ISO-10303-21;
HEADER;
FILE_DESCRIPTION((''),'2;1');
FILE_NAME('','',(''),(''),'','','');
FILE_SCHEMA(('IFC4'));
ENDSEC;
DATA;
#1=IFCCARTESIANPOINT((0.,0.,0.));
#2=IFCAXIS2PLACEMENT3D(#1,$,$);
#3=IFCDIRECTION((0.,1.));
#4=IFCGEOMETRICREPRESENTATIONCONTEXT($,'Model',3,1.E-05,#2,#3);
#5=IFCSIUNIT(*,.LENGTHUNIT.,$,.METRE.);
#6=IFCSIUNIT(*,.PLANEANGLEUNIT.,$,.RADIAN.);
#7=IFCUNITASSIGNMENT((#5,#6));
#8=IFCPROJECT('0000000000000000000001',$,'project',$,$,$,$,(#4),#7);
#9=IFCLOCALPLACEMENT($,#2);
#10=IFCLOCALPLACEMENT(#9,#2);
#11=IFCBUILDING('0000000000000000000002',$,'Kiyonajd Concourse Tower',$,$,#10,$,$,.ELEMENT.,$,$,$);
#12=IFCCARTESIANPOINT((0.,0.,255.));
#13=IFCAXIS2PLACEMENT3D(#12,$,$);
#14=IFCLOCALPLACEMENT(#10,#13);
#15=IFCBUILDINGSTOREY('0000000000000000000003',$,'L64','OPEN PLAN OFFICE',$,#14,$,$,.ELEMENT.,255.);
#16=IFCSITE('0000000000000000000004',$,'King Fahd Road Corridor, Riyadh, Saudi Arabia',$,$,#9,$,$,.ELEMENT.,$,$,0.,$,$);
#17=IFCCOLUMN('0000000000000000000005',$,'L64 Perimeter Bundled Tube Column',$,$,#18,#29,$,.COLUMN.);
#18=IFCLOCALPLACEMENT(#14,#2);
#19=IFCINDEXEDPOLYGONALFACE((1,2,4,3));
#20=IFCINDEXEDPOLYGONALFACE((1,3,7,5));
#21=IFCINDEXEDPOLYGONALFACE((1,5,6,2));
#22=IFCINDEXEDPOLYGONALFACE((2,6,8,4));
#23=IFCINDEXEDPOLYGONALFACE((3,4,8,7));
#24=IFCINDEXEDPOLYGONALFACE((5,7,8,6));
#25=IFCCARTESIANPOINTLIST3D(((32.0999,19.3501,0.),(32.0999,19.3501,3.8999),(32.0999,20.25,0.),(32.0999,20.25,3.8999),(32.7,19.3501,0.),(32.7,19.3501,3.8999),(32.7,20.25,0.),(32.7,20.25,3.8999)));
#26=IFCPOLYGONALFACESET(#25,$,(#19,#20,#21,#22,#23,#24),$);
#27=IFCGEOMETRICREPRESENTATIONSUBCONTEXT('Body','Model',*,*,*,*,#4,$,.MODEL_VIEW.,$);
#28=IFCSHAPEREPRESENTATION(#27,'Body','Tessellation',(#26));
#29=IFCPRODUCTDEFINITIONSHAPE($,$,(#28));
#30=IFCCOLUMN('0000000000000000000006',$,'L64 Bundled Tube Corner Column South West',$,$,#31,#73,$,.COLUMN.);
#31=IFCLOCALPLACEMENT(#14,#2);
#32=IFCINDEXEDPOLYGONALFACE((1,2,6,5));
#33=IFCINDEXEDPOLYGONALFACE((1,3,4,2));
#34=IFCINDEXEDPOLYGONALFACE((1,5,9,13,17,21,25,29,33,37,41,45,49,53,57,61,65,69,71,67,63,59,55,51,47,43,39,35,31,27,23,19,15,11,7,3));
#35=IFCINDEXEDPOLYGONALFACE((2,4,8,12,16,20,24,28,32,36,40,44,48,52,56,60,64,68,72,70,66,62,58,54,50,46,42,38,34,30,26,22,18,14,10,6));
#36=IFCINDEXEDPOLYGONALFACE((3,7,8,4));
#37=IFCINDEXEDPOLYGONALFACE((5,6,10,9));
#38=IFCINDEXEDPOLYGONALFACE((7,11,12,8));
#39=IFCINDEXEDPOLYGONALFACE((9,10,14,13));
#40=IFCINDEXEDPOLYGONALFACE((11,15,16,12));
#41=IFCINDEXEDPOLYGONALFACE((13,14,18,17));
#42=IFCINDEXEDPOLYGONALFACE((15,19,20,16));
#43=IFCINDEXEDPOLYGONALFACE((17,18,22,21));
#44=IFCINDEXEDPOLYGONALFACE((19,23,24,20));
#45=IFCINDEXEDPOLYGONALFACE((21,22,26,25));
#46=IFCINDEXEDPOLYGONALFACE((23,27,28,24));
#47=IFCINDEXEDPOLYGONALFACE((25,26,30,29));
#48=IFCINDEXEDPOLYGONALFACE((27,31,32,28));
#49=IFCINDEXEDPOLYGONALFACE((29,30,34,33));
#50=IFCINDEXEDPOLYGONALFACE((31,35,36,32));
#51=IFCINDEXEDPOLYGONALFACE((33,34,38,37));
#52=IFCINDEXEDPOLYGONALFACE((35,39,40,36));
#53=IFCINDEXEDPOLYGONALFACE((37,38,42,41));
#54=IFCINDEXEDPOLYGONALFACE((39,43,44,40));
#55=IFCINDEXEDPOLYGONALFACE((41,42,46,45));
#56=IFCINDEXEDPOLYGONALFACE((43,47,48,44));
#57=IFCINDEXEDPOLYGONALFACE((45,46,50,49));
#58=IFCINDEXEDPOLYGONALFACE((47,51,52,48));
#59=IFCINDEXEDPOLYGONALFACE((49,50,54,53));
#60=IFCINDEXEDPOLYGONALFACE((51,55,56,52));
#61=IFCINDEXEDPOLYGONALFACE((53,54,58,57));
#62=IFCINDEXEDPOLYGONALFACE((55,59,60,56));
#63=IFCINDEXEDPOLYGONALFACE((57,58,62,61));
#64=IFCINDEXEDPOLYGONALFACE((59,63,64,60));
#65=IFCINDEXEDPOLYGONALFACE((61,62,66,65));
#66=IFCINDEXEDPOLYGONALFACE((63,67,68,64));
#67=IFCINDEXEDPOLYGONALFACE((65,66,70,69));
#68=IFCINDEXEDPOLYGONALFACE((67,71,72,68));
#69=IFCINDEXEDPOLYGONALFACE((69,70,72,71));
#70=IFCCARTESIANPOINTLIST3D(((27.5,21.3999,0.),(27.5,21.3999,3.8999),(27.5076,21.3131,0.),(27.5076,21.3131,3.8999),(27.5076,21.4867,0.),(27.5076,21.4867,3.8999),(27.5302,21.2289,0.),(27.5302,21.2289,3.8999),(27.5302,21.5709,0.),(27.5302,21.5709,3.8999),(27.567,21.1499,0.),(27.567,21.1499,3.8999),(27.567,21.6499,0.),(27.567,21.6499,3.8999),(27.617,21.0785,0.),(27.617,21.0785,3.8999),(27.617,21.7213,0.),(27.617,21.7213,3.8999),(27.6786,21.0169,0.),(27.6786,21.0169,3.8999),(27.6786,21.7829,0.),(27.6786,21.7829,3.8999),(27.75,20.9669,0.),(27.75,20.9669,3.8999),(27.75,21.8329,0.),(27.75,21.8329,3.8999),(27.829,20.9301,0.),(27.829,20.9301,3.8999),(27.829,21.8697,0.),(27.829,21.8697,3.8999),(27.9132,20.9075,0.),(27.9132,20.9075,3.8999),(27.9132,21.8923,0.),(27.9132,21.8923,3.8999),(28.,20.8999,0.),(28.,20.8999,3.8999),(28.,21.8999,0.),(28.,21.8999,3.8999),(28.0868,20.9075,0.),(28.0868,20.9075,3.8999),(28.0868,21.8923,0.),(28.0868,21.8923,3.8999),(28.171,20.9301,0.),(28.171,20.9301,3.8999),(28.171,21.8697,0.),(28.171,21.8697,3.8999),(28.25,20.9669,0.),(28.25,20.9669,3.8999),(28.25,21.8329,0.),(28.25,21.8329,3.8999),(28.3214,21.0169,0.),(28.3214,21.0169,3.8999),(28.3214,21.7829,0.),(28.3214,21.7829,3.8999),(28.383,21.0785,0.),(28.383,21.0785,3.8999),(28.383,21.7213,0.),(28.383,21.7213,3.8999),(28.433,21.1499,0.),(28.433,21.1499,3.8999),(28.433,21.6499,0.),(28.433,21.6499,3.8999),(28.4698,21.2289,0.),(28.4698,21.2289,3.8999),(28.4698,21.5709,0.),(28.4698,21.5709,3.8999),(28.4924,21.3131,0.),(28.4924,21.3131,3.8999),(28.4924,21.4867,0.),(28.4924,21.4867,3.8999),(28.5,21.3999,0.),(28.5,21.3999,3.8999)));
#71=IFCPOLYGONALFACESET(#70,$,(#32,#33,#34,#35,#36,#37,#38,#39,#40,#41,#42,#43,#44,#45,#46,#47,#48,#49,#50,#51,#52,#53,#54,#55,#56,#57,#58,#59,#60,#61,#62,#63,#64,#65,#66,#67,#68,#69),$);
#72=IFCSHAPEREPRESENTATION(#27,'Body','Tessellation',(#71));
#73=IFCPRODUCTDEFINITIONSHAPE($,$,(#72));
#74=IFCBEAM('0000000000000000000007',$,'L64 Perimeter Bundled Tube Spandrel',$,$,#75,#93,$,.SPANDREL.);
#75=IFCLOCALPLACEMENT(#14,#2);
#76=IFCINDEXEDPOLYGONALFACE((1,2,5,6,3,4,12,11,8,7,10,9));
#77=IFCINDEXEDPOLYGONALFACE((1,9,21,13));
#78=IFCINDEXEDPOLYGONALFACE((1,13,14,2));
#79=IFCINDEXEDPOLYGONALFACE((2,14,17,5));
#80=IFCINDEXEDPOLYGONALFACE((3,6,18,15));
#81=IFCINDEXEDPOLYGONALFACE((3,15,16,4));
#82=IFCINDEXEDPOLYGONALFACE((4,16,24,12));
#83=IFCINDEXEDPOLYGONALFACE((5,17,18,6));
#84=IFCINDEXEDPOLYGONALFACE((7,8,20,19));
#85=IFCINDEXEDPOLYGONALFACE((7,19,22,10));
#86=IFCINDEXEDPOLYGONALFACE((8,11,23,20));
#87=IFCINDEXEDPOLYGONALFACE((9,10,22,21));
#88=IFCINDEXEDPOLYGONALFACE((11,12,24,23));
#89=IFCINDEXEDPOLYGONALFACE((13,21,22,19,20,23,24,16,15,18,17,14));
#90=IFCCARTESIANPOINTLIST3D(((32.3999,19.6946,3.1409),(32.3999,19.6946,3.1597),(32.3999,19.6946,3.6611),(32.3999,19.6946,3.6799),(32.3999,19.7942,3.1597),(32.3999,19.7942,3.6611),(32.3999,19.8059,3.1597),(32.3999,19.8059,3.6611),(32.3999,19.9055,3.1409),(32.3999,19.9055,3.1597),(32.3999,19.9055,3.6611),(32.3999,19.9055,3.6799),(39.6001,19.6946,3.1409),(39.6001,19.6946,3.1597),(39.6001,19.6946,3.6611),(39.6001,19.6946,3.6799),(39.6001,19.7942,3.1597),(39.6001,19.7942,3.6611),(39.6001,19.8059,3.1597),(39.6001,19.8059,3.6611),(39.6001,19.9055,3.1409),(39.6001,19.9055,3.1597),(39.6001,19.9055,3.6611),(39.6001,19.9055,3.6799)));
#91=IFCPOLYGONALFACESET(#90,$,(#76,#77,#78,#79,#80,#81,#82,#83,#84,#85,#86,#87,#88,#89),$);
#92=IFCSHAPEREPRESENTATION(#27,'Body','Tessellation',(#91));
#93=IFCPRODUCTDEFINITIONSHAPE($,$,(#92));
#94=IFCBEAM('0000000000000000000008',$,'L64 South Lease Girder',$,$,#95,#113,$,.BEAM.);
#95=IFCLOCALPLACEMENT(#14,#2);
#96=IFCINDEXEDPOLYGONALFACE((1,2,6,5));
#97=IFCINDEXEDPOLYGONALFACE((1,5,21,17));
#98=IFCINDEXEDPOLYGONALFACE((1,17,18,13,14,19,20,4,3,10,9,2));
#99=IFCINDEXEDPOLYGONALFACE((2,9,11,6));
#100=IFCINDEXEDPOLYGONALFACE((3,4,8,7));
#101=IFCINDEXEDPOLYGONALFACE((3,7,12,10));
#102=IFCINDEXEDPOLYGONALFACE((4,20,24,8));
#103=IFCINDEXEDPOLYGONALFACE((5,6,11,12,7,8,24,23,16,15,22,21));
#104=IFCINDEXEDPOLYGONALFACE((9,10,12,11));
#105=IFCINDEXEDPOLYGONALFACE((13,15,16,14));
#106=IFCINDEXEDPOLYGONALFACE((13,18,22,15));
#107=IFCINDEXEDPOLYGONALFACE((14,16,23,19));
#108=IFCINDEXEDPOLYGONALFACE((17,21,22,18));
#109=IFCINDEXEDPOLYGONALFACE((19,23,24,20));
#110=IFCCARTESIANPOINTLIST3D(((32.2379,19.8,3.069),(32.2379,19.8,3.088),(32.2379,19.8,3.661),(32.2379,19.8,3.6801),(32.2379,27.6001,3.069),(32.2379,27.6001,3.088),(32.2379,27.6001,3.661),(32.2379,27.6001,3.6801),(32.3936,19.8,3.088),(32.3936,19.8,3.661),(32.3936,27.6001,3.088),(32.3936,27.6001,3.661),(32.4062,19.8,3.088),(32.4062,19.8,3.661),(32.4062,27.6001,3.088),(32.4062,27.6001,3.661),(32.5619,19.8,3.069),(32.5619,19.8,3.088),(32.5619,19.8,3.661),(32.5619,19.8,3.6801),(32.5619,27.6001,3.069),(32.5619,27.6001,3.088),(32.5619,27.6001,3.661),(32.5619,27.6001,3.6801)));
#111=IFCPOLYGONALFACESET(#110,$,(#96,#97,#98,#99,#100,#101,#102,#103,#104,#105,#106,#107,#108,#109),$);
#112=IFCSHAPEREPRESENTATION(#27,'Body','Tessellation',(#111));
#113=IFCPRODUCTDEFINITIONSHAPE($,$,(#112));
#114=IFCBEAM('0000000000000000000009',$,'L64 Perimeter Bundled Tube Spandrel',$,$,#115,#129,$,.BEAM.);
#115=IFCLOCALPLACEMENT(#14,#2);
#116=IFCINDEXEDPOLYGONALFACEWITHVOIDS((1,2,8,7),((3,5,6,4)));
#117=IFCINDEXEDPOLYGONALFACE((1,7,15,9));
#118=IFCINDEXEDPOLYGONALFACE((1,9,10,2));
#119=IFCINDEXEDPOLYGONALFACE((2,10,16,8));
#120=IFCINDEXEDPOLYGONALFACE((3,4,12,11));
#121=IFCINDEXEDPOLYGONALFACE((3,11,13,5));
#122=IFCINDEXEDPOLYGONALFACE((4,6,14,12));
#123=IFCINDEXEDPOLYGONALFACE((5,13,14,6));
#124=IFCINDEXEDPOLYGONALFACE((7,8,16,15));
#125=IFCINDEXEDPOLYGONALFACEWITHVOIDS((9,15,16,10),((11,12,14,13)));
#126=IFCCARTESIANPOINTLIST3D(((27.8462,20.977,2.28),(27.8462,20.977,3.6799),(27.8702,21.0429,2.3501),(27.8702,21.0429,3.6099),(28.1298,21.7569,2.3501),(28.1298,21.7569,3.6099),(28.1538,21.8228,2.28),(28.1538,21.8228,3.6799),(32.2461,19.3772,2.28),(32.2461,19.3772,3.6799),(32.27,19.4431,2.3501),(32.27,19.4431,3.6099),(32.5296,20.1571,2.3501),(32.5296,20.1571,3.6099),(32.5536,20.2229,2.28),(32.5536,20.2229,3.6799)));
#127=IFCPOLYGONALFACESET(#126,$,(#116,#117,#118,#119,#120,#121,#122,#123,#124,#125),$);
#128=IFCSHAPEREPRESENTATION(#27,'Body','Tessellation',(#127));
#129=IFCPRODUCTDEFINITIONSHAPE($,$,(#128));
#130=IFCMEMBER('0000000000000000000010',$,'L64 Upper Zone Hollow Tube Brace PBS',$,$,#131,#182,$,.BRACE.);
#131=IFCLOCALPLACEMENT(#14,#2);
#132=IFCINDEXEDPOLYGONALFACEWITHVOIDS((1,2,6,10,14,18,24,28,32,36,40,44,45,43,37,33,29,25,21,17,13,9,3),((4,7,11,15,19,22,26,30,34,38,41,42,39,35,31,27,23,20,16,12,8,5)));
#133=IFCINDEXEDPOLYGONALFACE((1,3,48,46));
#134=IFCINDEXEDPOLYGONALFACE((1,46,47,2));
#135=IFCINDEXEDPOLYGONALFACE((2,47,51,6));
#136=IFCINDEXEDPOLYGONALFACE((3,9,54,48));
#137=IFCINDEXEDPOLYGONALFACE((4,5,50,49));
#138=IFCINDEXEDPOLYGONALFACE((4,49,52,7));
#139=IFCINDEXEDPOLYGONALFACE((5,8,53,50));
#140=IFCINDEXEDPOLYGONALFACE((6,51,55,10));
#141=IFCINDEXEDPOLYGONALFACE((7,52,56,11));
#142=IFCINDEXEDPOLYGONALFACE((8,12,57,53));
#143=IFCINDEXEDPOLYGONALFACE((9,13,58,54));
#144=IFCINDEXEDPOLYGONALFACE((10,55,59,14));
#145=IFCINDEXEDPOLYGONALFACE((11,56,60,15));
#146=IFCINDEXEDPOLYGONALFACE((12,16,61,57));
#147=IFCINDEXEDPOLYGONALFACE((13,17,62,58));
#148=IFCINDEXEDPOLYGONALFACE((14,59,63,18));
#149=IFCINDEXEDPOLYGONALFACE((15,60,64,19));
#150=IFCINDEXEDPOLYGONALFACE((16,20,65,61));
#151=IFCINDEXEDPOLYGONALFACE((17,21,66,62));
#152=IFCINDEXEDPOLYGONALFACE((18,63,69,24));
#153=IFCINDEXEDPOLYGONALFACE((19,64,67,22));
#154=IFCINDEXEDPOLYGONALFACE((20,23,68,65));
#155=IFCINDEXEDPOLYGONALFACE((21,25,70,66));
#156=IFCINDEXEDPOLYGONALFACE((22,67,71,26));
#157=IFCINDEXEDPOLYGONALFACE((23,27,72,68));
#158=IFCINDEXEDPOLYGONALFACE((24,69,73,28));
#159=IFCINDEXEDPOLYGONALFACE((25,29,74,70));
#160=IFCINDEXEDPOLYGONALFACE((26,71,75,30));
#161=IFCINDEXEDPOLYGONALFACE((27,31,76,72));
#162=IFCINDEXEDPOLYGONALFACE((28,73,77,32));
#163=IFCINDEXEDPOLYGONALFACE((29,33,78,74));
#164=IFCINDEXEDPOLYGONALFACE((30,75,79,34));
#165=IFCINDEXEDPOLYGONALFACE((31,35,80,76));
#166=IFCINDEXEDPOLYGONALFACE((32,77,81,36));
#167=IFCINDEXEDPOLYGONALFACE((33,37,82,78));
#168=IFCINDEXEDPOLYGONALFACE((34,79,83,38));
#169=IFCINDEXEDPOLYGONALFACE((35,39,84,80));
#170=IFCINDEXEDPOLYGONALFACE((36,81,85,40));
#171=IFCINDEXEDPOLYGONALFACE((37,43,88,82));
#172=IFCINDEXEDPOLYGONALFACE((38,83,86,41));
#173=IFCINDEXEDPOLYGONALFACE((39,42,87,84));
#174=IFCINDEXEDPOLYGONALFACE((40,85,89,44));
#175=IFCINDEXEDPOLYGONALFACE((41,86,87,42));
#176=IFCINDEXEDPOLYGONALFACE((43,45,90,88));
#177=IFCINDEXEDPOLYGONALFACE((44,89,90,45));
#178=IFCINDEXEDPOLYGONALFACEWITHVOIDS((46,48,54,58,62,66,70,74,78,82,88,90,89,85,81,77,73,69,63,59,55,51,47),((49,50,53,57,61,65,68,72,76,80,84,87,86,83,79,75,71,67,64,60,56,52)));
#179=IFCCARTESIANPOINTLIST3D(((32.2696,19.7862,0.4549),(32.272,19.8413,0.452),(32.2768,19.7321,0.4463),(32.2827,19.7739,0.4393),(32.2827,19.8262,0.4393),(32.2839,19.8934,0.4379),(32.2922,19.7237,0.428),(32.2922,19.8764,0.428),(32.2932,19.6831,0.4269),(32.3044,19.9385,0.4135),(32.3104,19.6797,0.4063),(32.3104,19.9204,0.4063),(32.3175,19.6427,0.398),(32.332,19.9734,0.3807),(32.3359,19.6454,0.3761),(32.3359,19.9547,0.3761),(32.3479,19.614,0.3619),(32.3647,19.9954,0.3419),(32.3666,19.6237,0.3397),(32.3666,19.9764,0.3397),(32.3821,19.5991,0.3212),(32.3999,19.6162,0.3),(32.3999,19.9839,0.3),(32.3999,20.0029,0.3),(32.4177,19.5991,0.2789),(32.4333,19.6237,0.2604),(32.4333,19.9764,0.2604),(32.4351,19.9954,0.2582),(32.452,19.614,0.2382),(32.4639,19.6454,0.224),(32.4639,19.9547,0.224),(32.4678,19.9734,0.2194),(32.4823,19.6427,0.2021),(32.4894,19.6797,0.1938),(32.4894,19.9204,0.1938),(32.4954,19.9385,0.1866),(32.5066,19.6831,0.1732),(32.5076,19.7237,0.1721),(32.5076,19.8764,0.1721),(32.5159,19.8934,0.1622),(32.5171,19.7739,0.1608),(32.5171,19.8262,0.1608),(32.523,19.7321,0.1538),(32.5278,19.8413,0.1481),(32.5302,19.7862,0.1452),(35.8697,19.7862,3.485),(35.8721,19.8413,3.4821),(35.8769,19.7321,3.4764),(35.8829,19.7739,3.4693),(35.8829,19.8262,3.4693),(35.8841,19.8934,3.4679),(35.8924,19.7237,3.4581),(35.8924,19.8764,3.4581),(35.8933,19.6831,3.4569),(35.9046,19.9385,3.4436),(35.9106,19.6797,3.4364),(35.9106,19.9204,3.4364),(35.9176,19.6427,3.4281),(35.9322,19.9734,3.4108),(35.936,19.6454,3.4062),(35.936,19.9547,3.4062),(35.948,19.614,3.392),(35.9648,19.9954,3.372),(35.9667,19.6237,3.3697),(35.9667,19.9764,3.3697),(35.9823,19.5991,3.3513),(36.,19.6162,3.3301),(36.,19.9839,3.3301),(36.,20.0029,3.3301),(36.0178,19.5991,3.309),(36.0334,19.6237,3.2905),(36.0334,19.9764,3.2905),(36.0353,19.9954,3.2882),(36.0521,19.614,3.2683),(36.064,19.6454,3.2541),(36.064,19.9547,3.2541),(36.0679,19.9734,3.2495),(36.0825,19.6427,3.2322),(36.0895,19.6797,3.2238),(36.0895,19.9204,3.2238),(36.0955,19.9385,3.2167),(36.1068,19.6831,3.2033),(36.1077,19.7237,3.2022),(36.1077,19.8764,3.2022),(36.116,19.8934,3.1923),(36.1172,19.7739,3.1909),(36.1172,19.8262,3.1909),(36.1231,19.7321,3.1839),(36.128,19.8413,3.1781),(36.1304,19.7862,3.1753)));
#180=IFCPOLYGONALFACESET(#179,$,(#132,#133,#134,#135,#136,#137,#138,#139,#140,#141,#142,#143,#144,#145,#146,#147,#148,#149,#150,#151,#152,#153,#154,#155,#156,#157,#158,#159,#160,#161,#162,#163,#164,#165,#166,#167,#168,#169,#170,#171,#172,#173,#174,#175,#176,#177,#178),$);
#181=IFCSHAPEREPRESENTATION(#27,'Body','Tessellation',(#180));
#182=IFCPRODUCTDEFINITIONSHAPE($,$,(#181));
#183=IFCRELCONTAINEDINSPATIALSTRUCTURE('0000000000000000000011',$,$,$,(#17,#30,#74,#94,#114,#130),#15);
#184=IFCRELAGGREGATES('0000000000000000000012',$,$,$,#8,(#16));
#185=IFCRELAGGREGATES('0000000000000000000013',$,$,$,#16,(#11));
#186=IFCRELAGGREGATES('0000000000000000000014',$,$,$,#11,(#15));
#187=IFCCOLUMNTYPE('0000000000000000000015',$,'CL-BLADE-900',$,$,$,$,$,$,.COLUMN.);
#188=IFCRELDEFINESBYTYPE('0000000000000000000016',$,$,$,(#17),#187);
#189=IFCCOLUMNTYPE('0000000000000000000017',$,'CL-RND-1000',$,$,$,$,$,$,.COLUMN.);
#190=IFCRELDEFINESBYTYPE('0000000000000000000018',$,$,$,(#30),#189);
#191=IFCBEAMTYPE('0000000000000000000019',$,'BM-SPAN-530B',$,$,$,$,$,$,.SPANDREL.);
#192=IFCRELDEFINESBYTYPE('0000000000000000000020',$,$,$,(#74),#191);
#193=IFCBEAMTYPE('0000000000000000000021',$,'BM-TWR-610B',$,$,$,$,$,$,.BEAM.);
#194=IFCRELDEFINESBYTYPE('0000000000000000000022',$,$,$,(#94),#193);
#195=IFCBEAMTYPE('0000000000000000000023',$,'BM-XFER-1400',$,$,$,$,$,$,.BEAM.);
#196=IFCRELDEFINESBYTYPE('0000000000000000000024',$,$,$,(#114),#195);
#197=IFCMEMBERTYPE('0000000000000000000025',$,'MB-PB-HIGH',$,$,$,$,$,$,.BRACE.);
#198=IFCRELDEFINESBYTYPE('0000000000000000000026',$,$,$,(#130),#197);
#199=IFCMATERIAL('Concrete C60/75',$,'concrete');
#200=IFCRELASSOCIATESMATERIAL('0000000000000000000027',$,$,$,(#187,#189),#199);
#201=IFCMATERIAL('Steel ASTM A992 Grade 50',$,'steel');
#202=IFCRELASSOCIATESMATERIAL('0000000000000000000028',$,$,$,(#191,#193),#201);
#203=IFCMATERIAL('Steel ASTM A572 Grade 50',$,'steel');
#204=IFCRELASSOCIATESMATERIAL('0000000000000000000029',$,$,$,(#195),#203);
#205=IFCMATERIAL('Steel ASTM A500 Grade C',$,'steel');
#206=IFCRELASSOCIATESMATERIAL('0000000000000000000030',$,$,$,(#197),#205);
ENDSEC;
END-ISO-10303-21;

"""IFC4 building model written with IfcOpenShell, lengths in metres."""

from ifc_helpers import new_model, si_unit, direction, frame, origin, origin_2d, place, context, subcontext, project, spatial, rectangle, hollow_rectangle, circle, hollow_circle, i_section, extrude, material, material_profile, profile_set, type_object, element, save


model = new_model("IFC4")

# Units and contexts
model_context = context("Model", 3, precision=1e-05, world=origin(), true_north=direction((0.0, 1.0)))
body_context = subcontext(model_context, "Body", "Model", "MODEL_VIEW")
ifc_project = project(units=[si_unit("LENGTHUNIT", "METRE"), si_unit("PLANEANGLEUNIT", "RADIAN")], contexts=[model_context])

# Site, building, storey
site_placement = place(None, origin())
site = spatial("IfcSite", under=ifc_project, at=site_placement, Name="King Fahd Road Corridor, Riyadh, Saudi Arabia", CompositionType="ELEMENT", RefElevation=0.0)
building_placement = place(site_placement, origin())
building = spatial("IfcBuilding", under=site, at=building_placement, Name="Kiyonajd Concourse Tower", CompositionType="ELEMENT")
storey_placement = place(building_placement, frame((0.0, 0.0, 255.0)))
storey = spatial("IfcBuildingStorey", under=building, at=storey_placement, Name="L64", Description="OPEN PLAN OFFICE", CompositionType="ELEMENT", Elevation=255.0)

# Columns
ifc_material_1 = material(Name="Concrete C60/75", Category="concrete")
ifc_material_profile_1 = material_profile(ifc_material_1, rectangle(XDim=0.6001, YDim=0.8999, at=origin_2d()), Name="RC-900x600")
ifc_profile_set_1 = profile_set([ifc_material_profile_1], Name="Concrete C60/75")
column_type_1 = type_object("IfcColumnType", Name="CL-BLADE-900", PredefinedType="COLUMN", material=ifc_profile_set_1)
column_1_placement = place(storey_placement, frame((32.3999, 19.8, 0.0), z_axis=(0.0, 0.0, 1.0), x_axis=(1.0, 0.0, 0.0)))
element("IfcColumn", 1, at=column_1_placement, inside=storey, type_object=column_type_1, Name="L64 Perimeter Bundled Tube Column", PredefinedType="COLUMN", context=body_context, shape_type="SweptSolid", body=[
    extrude(rectangle(XDim=0.6001, YDim=0.8999, at=origin_2d()), origin(), (0.0, 0.0, 1.0), 3.8999),
])
ifc_material_profile_2 = material_profile(ifc_material_1, circle(Radius=0.5, at=origin_2d()), Name="RCC-D1000")
ifc_profile_set_2 = profile_set([ifc_material_profile_2], Name="Concrete C60/75")
column_type_2 = type_object("IfcColumnType", Name="CL-RND-1000", PredefinedType="COLUMN", material=ifc_profile_set_2)
column_2_placement = place(storey_placement, frame((28.0, 21.3999, 0.0), z_axis=(0.0, 0.0, 1.0), x_axis=(1.0, 0.0, 0.0)))
element("IfcColumn", 2, at=column_2_placement, inside=storey, type_object=column_type_2, Name="L64 Bundled Tube Corner Column South West", PredefinedType="COLUMN", context=body_context, shape_type="SweptSolid", body=[
    extrude(circle(Radius=0.5, at=origin_2d()), origin(), (0.0, 0.0, 1.0), 3.8999),
])

# Beams
ifc_material_2 = material(Name="Steel ASTM A992 Grade 50", Category="steel")
ifc_material_profile_3 = material_profile(ifc_material_2, i_section(OverallWidth=0.2109, OverallDepth=0.5391, WebThickness=0.0117, FlangeThickness=0.0188, at=origin_2d()), Name="W530X109")
ifc_profile_set_3 = profile_set([ifc_material_profile_3], Name="Steel ASTM A992 Grade 50")
beam_type_1 = type_object("IfcBeamType", Name="BM-SPAN-530B", PredefinedType="SPANDREL", material=ifc_profile_set_3)
beam_1_placement = place(storey_placement, frame((32.3999, 19.8, 3.4104), z_axis=(1.0, 0.0, 0.0), x_axis=(0.0, 1.0, 0.0)))
element("IfcBeam", 3, at=beam_1_placement, inside=storey, type_object=beam_type_1, Name="L64 Perimeter Bundled Tube Spandrel", PredefinedType="SPANDREL", context=body_context, shape_type="SweptSolid", body=[
    extrude(i_section(OverallWidth=0.2109, OverallDepth=0.5391, WebThickness=0.0117, FlangeThickness=0.0188, at=origin_2d()), origin(), (0.0, 0.0, 1.0), 7.2002),
])
ifc_material_profile_4 = material_profile(ifc_material_2, i_section(OverallWidth=0.324, OverallDepth=0.6111, WebThickness=0.0127, FlangeThickness=0.019, at=origin_2d()), Name="W610X155")
ifc_profile_set_4 = profile_set([ifc_material_profile_4], Name="Steel ASTM A992 Grade 50")
beam_type_2 = type_object("IfcBeamType", Name="BM-TWR-610B", PredefinedType="BEAM", material=ifc_profile_set_4)
beam_2_placement = place(storey_placement, frame((32.3999, 19.8, 3.3745), z_axis=(0.0, 1.0, 0.0), x_axis=(-1.0, 0.0, 0.0)))
element("IfcBeam", 4, at=beam_2_placement, inside=storey, type_object=beam_type_2, Name="L64 South Lease Girder", PredefinedType="BEAM", context=body_context, shape_type="SweptSolid", body=[
    extrude(i_section(OverallWidth=0.324, OverallDepth=0.6111, WebThickness=0.0127, FlangeThickness=0.019, at=origin_2d()), origin(), (0.0, 0.0, 1.0), 7.8),
])
ifc_material_3 = material(Name="Steel ASTM A572 Grade 50", Category="steel")
ifc_material_profile_5 = material_profile(ifc_material_3, hollow_rectangle(XDim=0.8999, YDim=1.3999, WallThickness=0.0701, at=origin_2d()), Name="BOX-1400x900x70")
ifc_profile_set_5 = profile_set([ifc_material_profile_5], Name="Steel ASTM A572 Grade 50")
beam_type_3 = type_object("IfcBeamType", Name="BM-XFER-1400", PredefinedType="BEAM", material=ifc_profile_set_5)
beam_3_placement = place(storey_placement, frame((28.0, 21.3999, 2.98), z_axis=(0.939801, -0.341722, 0.0), x_axis=(0.341722, 0.939801, 0.0)))
element("IfcBeam", 5, at=beam_3_placement, inside=storey, type_object=beam_type_3, Name="L64 Perimeter Bundled Tube Spandrel", PredefinedType="BEAM", context=body_context, shape_type="SweptSolid", body=[
    extrude(hollow_rectangle(XDim=0.8999, YDim=1.3999, WallThickness=0.0701, at=origin_2d()), origin(), (0.0, 0.0, 1.0), 4.6816),
])

# Member
ifc_material_4 = material(Name="Steel ASTM A500 Grade C", Category="steel")
ifc_material_profile_6 = material_profile(ifc_material_4, hollow_circle(Radius=0.2029, WallThickness=0.019, at=origin_2d()), Name="CHS-406x19")
ifc_profile_set_6 = profile_set([ifc_material_profile_6], Name="Steel ASTM A500 Grade C")
member_type = type_object("IfcMemberType", Name="MB-PB-HIGH", PredefinedType="BRACE", material=ifc_profile_set_6)
member_placement = place(storey_placement, frame((32.3999, 19.8, 0.3), z_axis=(0.765082, 0.0, 0.643933), x_axis=(0.0, 1.0, 0.0)))
element("IfcMember", 6, at=member_placement, inside=storey, type_object=member_type, Name="L64 Upper Zone Hollow Tube Brace PBS", PredefinedType="BRACE", context=body_context, shape_type="SweptSolid", body=[
    extrude(hollow_circle(Radius=0.2029, WallThickness=0.019, at=origin_2d()), origin(), (0.0, 0.0, 1.0), 4.7056),
])

save(model, "model.ifc")
